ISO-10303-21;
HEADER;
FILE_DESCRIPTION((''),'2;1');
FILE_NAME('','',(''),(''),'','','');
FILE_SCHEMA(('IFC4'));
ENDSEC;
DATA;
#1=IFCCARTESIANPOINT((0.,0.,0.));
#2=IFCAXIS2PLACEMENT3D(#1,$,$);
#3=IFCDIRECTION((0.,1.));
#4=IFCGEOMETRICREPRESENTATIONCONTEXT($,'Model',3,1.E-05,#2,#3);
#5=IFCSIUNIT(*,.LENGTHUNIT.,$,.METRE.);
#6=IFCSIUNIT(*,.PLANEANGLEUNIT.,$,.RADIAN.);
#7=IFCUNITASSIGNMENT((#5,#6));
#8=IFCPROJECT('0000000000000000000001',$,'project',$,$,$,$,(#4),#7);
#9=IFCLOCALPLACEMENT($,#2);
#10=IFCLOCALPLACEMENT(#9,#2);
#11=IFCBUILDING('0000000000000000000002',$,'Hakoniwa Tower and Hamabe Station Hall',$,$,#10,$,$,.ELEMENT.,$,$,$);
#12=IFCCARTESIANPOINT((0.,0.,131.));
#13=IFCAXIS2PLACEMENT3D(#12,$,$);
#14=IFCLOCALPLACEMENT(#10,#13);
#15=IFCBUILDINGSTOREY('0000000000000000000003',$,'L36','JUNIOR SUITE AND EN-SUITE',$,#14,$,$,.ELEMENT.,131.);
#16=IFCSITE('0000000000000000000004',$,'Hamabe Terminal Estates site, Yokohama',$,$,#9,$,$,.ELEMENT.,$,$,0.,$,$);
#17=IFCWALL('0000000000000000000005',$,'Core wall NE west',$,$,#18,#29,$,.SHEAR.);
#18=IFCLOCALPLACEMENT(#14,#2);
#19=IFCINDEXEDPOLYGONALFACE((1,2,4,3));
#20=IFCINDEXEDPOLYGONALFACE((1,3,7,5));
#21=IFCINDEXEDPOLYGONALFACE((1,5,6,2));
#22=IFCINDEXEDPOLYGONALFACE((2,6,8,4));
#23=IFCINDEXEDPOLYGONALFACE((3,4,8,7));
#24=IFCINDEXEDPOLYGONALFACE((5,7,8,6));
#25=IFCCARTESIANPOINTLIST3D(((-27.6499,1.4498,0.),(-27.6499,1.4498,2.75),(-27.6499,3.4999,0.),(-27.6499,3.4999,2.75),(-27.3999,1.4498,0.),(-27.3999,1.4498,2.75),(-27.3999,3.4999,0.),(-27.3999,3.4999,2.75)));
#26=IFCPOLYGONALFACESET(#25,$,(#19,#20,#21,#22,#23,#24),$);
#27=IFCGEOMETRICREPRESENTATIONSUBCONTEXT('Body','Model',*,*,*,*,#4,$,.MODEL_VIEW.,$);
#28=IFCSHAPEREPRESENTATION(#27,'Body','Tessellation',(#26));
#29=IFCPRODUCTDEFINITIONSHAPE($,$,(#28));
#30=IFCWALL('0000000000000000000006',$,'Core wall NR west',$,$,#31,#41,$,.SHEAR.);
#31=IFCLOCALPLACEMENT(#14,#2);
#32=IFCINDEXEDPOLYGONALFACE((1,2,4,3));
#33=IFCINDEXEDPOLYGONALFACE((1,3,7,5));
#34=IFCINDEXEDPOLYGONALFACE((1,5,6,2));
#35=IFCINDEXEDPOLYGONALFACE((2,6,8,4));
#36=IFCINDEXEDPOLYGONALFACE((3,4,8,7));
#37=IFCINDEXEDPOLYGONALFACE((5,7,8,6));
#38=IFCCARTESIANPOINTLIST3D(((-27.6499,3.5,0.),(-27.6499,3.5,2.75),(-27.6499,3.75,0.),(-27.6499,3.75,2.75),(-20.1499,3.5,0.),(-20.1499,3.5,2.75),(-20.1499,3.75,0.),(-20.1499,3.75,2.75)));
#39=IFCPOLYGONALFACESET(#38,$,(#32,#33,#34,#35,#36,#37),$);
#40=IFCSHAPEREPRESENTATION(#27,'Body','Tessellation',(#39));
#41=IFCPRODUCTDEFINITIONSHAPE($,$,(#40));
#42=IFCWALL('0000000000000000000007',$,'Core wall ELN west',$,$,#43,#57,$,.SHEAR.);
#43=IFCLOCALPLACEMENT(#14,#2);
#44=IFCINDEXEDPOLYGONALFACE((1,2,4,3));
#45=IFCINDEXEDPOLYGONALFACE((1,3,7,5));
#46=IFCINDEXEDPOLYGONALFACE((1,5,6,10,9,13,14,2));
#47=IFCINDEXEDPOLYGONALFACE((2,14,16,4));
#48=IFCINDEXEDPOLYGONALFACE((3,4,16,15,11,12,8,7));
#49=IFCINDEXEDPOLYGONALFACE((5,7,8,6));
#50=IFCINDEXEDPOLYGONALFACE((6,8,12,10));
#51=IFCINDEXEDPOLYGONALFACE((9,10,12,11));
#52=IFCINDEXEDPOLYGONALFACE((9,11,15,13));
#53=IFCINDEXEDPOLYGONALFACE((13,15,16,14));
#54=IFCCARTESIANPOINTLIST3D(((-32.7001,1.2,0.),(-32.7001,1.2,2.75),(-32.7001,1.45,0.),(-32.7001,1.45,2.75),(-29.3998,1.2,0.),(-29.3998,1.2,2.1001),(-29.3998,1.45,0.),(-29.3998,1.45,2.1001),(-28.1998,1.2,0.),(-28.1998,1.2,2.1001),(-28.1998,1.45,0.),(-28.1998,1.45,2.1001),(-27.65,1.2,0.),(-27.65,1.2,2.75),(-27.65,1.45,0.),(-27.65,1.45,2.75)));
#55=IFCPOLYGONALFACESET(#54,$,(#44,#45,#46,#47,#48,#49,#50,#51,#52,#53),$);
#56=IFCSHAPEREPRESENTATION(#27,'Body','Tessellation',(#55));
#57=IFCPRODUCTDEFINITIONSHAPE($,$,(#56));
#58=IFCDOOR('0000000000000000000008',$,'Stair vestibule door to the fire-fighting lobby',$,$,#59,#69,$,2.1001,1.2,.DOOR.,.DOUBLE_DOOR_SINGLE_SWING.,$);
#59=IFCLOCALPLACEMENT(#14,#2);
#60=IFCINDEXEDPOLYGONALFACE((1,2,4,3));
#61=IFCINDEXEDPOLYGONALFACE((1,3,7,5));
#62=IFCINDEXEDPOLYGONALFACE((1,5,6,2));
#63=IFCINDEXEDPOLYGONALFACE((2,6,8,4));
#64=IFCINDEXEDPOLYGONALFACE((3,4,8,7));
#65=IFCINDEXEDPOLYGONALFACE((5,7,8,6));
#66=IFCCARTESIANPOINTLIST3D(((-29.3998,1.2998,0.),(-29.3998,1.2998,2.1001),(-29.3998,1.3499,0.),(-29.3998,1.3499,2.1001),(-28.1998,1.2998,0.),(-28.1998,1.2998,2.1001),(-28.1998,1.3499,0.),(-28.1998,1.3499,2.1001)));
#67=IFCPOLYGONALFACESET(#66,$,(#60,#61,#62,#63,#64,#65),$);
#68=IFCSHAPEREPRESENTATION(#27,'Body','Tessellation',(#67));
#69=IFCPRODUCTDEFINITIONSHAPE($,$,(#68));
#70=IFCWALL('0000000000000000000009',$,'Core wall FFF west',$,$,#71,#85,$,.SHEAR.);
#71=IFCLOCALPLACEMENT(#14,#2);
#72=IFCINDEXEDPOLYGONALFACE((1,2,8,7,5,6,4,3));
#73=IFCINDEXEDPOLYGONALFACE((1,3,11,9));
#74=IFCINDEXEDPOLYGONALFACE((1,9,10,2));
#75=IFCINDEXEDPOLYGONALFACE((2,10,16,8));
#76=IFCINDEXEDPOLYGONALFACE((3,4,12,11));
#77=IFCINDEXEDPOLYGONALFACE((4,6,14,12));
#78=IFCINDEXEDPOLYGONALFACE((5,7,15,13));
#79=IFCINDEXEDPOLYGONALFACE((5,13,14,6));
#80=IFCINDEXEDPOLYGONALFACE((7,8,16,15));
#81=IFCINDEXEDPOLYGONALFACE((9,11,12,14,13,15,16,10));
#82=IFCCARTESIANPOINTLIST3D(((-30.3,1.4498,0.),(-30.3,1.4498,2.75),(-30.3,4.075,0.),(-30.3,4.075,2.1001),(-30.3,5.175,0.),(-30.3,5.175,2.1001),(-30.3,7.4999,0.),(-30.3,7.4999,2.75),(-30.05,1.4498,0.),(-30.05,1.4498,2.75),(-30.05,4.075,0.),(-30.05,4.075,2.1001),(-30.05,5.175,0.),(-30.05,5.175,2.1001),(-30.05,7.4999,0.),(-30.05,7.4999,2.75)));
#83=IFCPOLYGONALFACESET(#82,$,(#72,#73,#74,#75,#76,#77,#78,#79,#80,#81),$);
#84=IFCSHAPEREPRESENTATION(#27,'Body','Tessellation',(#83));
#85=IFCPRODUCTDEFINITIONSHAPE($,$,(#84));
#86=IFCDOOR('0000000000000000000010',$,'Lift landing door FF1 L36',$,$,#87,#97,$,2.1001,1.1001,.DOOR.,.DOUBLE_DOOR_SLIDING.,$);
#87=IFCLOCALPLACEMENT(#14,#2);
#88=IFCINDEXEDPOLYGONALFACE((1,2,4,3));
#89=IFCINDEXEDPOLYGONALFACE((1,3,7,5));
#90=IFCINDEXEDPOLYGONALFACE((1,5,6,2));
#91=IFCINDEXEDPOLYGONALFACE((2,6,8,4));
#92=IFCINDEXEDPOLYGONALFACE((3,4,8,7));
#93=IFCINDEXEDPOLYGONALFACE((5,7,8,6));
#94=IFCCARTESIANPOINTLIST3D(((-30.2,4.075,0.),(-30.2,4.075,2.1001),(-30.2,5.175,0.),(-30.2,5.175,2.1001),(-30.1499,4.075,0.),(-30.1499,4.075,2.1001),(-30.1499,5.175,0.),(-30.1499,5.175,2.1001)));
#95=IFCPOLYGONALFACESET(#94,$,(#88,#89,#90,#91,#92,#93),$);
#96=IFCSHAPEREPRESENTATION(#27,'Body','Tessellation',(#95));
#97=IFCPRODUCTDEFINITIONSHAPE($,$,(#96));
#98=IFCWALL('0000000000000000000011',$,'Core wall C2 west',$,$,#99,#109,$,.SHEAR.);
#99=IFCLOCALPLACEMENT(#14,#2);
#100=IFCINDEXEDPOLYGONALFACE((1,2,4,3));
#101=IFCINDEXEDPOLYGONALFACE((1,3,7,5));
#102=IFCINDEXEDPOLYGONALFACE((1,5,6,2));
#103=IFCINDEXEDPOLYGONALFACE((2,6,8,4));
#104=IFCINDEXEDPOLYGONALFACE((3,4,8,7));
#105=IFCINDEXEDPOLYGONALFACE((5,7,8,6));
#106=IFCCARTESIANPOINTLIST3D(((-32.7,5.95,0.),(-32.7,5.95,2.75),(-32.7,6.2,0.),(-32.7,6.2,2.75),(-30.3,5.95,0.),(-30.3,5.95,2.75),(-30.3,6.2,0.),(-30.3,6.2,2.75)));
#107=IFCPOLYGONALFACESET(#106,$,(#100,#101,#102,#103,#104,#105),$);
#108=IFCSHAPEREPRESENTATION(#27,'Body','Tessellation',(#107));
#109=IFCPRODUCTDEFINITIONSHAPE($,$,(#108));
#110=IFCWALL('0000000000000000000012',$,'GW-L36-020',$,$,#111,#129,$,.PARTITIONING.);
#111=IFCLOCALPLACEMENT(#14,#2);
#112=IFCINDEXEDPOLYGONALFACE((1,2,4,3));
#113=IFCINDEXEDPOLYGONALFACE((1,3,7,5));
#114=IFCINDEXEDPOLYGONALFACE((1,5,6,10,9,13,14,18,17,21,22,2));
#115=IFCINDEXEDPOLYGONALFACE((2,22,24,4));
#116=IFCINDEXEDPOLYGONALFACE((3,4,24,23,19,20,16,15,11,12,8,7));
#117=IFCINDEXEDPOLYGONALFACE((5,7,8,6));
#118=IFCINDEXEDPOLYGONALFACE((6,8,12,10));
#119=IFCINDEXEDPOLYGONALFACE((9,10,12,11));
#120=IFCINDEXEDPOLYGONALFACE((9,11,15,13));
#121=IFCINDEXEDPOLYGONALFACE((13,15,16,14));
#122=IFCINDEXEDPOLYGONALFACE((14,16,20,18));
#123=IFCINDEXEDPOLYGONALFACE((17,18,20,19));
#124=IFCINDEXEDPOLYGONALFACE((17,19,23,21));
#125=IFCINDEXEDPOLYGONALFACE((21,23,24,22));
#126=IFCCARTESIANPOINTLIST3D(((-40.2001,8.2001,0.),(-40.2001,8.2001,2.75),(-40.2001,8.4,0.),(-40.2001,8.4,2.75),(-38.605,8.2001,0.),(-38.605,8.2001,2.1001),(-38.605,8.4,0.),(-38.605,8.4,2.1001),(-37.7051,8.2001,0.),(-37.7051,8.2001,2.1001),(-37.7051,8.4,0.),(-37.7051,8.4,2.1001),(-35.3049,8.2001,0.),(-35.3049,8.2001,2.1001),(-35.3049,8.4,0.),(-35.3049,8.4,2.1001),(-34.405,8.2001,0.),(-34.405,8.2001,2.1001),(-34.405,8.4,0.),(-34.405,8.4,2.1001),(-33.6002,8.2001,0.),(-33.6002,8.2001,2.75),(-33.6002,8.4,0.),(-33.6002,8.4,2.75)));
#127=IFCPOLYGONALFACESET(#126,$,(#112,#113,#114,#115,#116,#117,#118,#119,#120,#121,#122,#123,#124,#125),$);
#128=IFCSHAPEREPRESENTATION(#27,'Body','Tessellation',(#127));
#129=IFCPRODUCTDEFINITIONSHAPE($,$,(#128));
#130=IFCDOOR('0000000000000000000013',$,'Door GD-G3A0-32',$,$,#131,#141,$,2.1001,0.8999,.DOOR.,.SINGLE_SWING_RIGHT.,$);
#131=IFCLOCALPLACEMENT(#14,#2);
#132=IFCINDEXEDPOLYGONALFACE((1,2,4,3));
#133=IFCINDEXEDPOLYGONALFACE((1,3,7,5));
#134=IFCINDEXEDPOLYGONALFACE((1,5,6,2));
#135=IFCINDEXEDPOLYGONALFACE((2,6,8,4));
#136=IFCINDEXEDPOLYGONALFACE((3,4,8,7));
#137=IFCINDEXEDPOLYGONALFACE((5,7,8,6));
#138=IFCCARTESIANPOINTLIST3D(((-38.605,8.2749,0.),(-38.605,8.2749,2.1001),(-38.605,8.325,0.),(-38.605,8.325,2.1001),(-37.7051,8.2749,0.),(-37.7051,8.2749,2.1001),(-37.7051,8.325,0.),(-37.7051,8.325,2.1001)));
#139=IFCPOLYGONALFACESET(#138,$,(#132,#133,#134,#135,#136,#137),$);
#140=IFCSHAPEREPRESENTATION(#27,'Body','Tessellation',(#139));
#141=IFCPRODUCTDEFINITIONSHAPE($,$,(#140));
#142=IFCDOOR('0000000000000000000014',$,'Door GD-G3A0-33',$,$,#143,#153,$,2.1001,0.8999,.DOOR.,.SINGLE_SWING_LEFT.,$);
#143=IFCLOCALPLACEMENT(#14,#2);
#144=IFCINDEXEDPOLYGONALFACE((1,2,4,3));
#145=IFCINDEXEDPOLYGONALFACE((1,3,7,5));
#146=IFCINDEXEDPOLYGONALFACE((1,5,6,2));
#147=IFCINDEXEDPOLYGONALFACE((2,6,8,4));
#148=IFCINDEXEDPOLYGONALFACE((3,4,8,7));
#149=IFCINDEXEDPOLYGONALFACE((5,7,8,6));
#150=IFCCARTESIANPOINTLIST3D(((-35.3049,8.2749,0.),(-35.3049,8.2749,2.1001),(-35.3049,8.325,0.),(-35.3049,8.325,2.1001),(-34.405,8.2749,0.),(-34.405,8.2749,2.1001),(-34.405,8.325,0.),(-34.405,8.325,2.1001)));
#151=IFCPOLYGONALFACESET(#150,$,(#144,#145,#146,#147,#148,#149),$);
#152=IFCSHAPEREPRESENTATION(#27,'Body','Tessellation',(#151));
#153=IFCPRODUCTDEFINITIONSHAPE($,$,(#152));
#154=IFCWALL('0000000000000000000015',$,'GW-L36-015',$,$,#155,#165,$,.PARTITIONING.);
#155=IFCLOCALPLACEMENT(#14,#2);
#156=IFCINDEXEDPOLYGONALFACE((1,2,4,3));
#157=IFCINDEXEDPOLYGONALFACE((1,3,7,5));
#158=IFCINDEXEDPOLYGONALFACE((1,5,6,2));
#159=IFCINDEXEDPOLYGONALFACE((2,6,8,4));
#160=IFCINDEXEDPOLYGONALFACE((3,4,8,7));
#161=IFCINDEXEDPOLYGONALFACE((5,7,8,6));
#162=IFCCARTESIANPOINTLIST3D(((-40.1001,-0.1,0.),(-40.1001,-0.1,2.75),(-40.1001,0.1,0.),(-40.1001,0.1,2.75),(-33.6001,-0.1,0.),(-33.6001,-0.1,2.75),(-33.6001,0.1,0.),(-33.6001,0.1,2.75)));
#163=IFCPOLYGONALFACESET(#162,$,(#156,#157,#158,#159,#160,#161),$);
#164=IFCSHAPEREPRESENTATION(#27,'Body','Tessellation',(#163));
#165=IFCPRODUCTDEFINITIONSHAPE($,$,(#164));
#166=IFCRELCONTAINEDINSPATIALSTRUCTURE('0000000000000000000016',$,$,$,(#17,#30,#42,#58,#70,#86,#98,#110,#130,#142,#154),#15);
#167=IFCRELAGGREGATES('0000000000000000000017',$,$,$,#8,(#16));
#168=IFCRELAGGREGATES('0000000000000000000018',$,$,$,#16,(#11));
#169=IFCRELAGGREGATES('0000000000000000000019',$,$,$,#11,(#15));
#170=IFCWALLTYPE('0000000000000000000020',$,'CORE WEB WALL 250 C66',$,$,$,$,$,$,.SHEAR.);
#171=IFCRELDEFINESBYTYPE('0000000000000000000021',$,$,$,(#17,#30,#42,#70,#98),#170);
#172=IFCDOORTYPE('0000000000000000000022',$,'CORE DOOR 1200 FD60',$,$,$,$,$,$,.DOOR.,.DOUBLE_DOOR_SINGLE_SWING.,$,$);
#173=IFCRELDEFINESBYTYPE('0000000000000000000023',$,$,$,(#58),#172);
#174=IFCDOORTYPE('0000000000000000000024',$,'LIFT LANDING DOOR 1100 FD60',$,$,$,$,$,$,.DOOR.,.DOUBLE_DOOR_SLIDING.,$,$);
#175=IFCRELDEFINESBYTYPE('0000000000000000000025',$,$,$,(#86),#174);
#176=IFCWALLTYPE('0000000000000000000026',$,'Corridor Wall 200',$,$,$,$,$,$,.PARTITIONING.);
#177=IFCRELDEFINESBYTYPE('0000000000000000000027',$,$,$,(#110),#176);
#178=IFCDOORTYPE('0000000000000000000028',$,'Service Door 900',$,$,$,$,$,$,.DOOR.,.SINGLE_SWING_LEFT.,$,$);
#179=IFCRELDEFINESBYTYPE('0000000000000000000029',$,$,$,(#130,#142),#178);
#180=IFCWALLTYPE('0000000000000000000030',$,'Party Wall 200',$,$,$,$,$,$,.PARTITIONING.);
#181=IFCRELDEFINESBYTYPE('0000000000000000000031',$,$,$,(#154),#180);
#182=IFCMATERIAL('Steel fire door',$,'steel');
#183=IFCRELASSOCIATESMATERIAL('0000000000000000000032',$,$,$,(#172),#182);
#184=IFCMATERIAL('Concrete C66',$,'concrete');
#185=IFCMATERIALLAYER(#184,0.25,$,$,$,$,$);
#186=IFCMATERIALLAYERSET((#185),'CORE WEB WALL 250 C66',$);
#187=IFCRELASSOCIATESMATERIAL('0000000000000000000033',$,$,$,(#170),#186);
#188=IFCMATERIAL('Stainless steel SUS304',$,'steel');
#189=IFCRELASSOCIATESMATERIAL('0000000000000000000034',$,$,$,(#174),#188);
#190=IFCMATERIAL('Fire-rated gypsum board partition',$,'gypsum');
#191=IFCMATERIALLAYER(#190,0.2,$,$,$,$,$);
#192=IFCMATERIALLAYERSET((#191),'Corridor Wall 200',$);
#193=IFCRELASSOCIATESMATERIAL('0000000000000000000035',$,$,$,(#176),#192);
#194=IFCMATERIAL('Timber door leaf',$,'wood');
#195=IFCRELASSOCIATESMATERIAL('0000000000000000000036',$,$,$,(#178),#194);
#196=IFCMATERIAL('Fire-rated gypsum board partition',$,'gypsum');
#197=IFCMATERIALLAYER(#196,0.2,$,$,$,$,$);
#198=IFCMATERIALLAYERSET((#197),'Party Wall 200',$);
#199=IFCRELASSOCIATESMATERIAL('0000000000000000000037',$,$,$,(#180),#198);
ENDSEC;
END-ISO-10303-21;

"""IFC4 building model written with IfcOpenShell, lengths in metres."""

from ifc_helpers import new_model, si_unit, direction, frame, frame_2d, origin, place, context, subcontext, project, spatial, rectangle, extrude, material, layer, layer_set, type_object, element, fill, save


model = new_model("IFC4")

# Units and contexts
model_context = context("Model", 3, precision=1e-05, world=origin(), true_north=direction((0.0, 1.0)))
body_context = subcontext(model_context, "Body", "Model", "MODEL_VIEW")
ifc_project = project(units=[si_unit("LENGTHUNIT", "METRE"), si_unit("PLANEANGLEUNIT", "RADIAN")], contexts=[model_context])

# Site, building, storey
site_placement = place(None, origin())
site = spatial("IfcSite", under=ifc_project, at=site_placement, Name="Hamabe Terminal Estates site, Yokohama", CompositionType="ELEMENT", RefElevation=0.0)
building_placement = place(site_placement, origin())
building = spatial("IfcBuilding", under=site, at=building_placement, Name="Hakoniwa Tower and Hamabe Station Hall", CompositionType="ELEMENT")
storey_placement = place(building_placement, frame((0.0, 0.0, 131.0)))
storey = spatial("IfcBuildingStorey", under=building, at=storey_placement, Name="L36", Description="JUNIOR SUITE AND EN-SUITE", CompositionType="ELEMENT", Elevation=131.0)

# Shared definitions
ifc_material_1 = material(Name="Steel fire door", Category="steel")
door_type_1 = type_object("IfcDoorType", Name="CORE DOOR 1200 FD60", OperationType="DOUBLE_DOOR_SINGLE_SWING", PredefinedType="DOOR", material=ifc_material_1)

# Shared definitions
ifc_material_2 = material(Name="Concrete C66", Category="concrete")
ifc_layer_1 = layer(ifc_material_2, 0.25)
ifc_layer_set_1 = layer_set([ifc_layer_1], Name="CORE WEB WALL 250 C66")
wall_type_1 = type_object("IfcWallType", Name="CORE WEB WALL 250 C66", PredefinedType="SHEAR", material=ifc_layer_set_1)

# Walls
wall_1_placement = place(storey_placement, frame((-27.5249, 1.45, 0.0), z_axis=(0.0, 0.0, 1.0), x_axis=(0.0, 1.0, 0.0)))
element("IfcWall", 1, at=wall_1_placement, inside=storey, type_object=wall_type_1, Name="Core wall NE west", PredefinedType="SHEAR", context=body_context, shape_type="SweptSolid", body=[
    extrude(rectangle(XDim=2.05, YDim=0.25, at=frame_2d((1.0249, 0.0))), origin(), (0.0, 0.0, 1.0), 2.75),
])
wall_2_placement = place(storey_placement, frame((-27.6499, 3.625, 0.0), z_axis=(0.0, 0.0, 1.0), x_axis=(1.0, 0.0, 0.0)))
element("IfcWall", 2, at=wall_2_placement, inside=storey, type_object=wall_type_1, Name="Core wall NR west", PredefinedType="SHEAR", context=body_context, shape_type="SweptSolid", body=[
    extrude(rectangle(XDim=7.5, YDim=0.25, at=frame_2d((3.75, 0.0))), origin(), (0.0, 0.0, 1.0), 2.75),
])

# Walls, openings, doors
wall_3_placement = place(storey_placement, frame((-32.7, 1.325, 0.0), z_axis=(0.0, 0.0, 1.0), x_axis=(1.0, 0.0, 0.0)))
wall_3 = element("IfcWall", 3, at=wall_3_placement, inside=storey, type_object=wall_type_1, Name="Core wall ELN west", PredefinedType="SHEAR", context=body_context, shape_type="SweptSolid", body=[
    extrude(rectangle(XDim=5.05, YDim=0.25, at=frame_2d((2.5249, 0.0))), origin(), (0.0, 0.0, 1.0), 2.75),
])
opening_1_placement = place(wall_3_placement, frame((3.3, 0.0, 0.0)))
opening_1 = element("IfcOpeningElement", 4, at=opening_1_placement, cuts=wall_3, PredefinedType="OPENING", context=body_context, shape_type="SweptSolid", body=[
    extrude(rectangle(XDim=1.2, YDim=2.1001, at=frame_2d((0.6001, 1.05))), frame((0.0, 0.135, 0.0), z_axis=(0.0, -1.0, 0.0), x_axis=(1.0, 0.0, 0.0)), (0.0, 0.0, 1.0), 0.27),
])
door_1_placement = place(opening_1_placement, origin())
door_1 = element("IfcDoor", 5, at=door_1_placement, inside=storey, type_object=door_type_1, Name="Stair vestibule door to the fire-fighting lobby", OperationType="DOUBLE_DOOR_SINGLE_SWING", OverallHeight=2.1001, OverallWidth=1.2, PredefinedType="DOOR", context=body_context, shape_type="SweptSolid", body=[
    extrude(rectangle(XDim=1.2, YDim=2.1001, at=frame_2d((0.6001, 1.05))), frame((0.0, 0.0249, 0.0), z_axis=(0.0, -1.0, 0.0), x_axis=(1.0, 0.0, 0.0)), (0.0, 0.0, 1.0), 0.05),
])
fill(opening_1, door_1)
wall_4_placement = place(storey_placement, frame((-30.175, 1.45, 0.0), z_axis=(0.0, 0.0, 1.0), x_axis=(0.0, 1.0, 0.0)))
wall_4 = element("IfcWall", 6, at=wall_4_placement, inside=storey, type_object=wall_type_1, Name="Core wall FFF west", PredefinedType="SHEAR", context=body_context, shape_type="SweptSolid", body=[
    extrude(rectangle(XDim=6.05, YDim=0.25, at=frame_2d((3.0249, 0.0))), origin(), (0.0, 0.0, 1.0), 2.75),
])
opening_2_placement = place(wall_4_placement, frame((2.625, 0.0, 0.0)))
opening_2 = element("IfcOpeningElement", 7, at=opening_2_placement, cuts=wall_4, PredefinedType="OPENING", context=body_context, shape_type="SweptSolid", body=[
    extrude(rectangle(XDim=1.1001, YDim=2.1001, at=frame_2d((0.55, 1.05))), frame((0.0, 0.135, 0.0), z_axis=(0.0, -1.0, 0.0), x_axis=(1.0, 0.0, 0.0)), (0.0, 0.0, 1.0), 0.27),
])
ifc_material_3 = material(Name="Stainless steel SUS304", Category="steel")
door_type_2 = type_object("IfcDoorType", Name="LIFT LANDING DOOR 1100 FD60", OperationType="DOUBLE_DOOR_SLIDING", PredefinedType="DOOR", material=ifc_material_3)
door_2_placement = place(opening_2_placement, origin())
door_2 = element("IfcDoor", 8, at=door_2_placement, inside=storey, type_object=door_type_2, Name="Lift landing door FF1 L36", OperationType="DOUBLE_DOOR_SLIDING", OverallHeight=2.1001, OverallWidth=1.1001, PredefinedType="DOOR", context=body_context, shape_type="SweptSolid", body=[
    extrude(rectangle(XDim=1.1001, YDim=2.1001, at=frame_2d((0.55, 1.05))), frame((0.0, 0.0249, 0.0), z_axis=(0.0, -1.0, 0.0), x_axis=(1.0, 0.0, 0.0)), (0.0, 0.0, 1.0), 0.05),
])
fill(opening_2, door_2)

# Wall
wall_5_placement = place(storey_placement, frame((-32.7, 6.075, 0.0), z_axis=(0.0, 0.0, 1.0), x_axis=(1.0, 0.0, 0.0)))
element("IfcWall", 9, at=wall_5_placement, inside=storey, type_object=wall_type_1, Name="Core wall C2 west", PredefinedType="SHEAR", context=body_context, shape_type="SweptSolid", body=[
    extrude(rectangle(XDim=2.3999, YDim=0.25, at=frame_2d((1.2, 0.0))), origin(), (0.0, 0.0, 1.0), 2.75),
])

# Wall, openings, doors
ifc_material_4 = material(Name="Fire-rated gypsum board partition", Category="gypsum")
ifc_layer_2 = layer(ifc_material_4, 0.2)
ifc_layer_set_2 = layer_set([ifc_layer_2], Name="Corridor Wall 200")
wall_type_2 = type_object("IfcWallType", Name="Corridor Wall 200", PredefinedType="PARTITIONING", material=ifc_layer_set_2)
wall_6_placement = place(storey_placement, frame((-40.2, 8.3, 0.0), z_axis=(0.0, 0.0, 1.0), x_axis=(1.0, 0.0, 0.0)))
wall_6 = element("IfcWall", 10, at=wall_6_placement, inside=storey, type_object=wall_type_2, Name="GW-L36-020", PredefinedType="PARTITIONING", context=body_context, shape_type="SweptSolid", body=[
    extrude(rectangle(XDim=6.5999, YDim=0.2, at=frame_2d((3.2998, 0.0))), origin(), (0.0, 0.0, 1.0), 2.75),
])
opening_3_placement = place(wall_6_placement, frame((1.595, 0.0, 0.0)))
opening_3 = element("IfcOpeningElement", 11, at=opening_3_placement, cuts=wall_6, PredefinedType="OPENING", context=body_context, shape_type="SweptSolid", body=[
    extrude(rectangle(XDim=0.8999, YDim=2.1001, at=frame_2d((0.45, 1.05))), frame((0.0, 0.1099, 0.0), z_axis=(0.0, -1.0, 0.0), x_axis=(1.0, 0.0, 0.0)), (0.0, 0.0, 1.0), 0.22),
])
opening_4_placement = place(wall_6_placement, frame((4.895, 0.0, 0.0)))
opening_4 = element("IfcOpeningElement", 12, at=opening_4_placement, cuts=wall_6, PredefinedType="OPENING", context=body_context, shape_type="SweptSolid", body=[
    extrude(rectangle(XDim=0.8999, YDim=2.1001, at=frame_2d((0.45, 1.05))), frame((0.0, 0.1099, 0.0), z_axis=(0.0, -1.0, 0.0), x_axis=(1.0, 0.0, 0.0)), (0.0, 0.0, 1.0), 0.22),
])
ifc_material_5 = material(Name="Timber door leaf", Category="wood")
door_type_3 = type_object("IfcDoorType", Name="Service Door 900", OperationType="SINGLE_SWING_LEFT", PredefinedType="DOOR", material=ifc_material_5)
door_3_placement = place(opening_3_placement, origin())
door_3 = element("IfcDoor", 13, at=door_3_placement, inside=storey, type_object=door_type_3, Name="Door GD-G3A0-32", OperationType="SINGLE_SWING_RIGHT", OverallHeight=2.1001, OverallWidth=0.8999, PredefinedType="DOOR", context=body_context, shape_type="SweptSolid", body=[
    extrude(rectangle(XDim=0.8999, YDim=2.1001, at=frame_2d((0.45, 1.05))), frame((0.0, 0.0249, 0.0), z_axis=(0.0, -1.0, 0.0), x_axis=(1.0, 0.0, 0.0)), (0.0, 0.0, 1.0), 0.05),
])
fill(opening_3, door_3)
door_4_placement = place(opening_4_placement, origin())
door_4 = element("IfcDoor", 14, at=door_4_placement, inside=storey, type_object=door_type_3, Name="Door GD-G3A0-33", OperationType="SINGLE_SWING_LEFT", OverallHeight=2.1001, OverallWidth=0.8999, PredefinedType="DOOR", context=body_context, shape_type="SweptSolid", body=[
    extrude(rectangle(XDim=0.8999, YDim=2.1001, at=frame_2d((0.45, 1.05))), frame((0.0, 0.0249, 0.0), z_axis=(0.0, -1.0, 0.0), x_axis=(1.0, 0.0, 0.0)), (0.0, 0.0, 1.0), 0.05),
])
fill(opening_4, door_4)

# Wall
ifc_material_6 = material(Name="Fire-rated gypsum board partition", Category="gypsum")
ifc_layer_3 = layer(ifc_material_6, 0.2)
ifc_layer_set_3 = layer_set([ifc_layer_3], Name="Party Wall 200")
wall_type_3 = type_object("IfcWallType", Name="Party Wall 200", PredefinedType="PARTITIONING", material=ifc_layer_set_3)
wall_7_placement = place(storey_placement, frame((-40.1001, 0.0, 0.0), z_axis=(0.0, 0.0, 1.0), x_axis=(1.0, 0.0, 0.0)))
element("IfcWall", 15, at=wall_7_placement, inside=storey, type_object=wall_type_3, Name="GW-L36-015", PredefinedType="PARTITIONING", context=body_context, shape_type="SweptSolid", body=[
    extrude(rectangle(XDim=6.5, YDim=0.2, at=frame_2d((3.25, 0.0))), origin(), (0.0, 0.0, 1.0), 2.75),
])

save(model, "model.ifc")
